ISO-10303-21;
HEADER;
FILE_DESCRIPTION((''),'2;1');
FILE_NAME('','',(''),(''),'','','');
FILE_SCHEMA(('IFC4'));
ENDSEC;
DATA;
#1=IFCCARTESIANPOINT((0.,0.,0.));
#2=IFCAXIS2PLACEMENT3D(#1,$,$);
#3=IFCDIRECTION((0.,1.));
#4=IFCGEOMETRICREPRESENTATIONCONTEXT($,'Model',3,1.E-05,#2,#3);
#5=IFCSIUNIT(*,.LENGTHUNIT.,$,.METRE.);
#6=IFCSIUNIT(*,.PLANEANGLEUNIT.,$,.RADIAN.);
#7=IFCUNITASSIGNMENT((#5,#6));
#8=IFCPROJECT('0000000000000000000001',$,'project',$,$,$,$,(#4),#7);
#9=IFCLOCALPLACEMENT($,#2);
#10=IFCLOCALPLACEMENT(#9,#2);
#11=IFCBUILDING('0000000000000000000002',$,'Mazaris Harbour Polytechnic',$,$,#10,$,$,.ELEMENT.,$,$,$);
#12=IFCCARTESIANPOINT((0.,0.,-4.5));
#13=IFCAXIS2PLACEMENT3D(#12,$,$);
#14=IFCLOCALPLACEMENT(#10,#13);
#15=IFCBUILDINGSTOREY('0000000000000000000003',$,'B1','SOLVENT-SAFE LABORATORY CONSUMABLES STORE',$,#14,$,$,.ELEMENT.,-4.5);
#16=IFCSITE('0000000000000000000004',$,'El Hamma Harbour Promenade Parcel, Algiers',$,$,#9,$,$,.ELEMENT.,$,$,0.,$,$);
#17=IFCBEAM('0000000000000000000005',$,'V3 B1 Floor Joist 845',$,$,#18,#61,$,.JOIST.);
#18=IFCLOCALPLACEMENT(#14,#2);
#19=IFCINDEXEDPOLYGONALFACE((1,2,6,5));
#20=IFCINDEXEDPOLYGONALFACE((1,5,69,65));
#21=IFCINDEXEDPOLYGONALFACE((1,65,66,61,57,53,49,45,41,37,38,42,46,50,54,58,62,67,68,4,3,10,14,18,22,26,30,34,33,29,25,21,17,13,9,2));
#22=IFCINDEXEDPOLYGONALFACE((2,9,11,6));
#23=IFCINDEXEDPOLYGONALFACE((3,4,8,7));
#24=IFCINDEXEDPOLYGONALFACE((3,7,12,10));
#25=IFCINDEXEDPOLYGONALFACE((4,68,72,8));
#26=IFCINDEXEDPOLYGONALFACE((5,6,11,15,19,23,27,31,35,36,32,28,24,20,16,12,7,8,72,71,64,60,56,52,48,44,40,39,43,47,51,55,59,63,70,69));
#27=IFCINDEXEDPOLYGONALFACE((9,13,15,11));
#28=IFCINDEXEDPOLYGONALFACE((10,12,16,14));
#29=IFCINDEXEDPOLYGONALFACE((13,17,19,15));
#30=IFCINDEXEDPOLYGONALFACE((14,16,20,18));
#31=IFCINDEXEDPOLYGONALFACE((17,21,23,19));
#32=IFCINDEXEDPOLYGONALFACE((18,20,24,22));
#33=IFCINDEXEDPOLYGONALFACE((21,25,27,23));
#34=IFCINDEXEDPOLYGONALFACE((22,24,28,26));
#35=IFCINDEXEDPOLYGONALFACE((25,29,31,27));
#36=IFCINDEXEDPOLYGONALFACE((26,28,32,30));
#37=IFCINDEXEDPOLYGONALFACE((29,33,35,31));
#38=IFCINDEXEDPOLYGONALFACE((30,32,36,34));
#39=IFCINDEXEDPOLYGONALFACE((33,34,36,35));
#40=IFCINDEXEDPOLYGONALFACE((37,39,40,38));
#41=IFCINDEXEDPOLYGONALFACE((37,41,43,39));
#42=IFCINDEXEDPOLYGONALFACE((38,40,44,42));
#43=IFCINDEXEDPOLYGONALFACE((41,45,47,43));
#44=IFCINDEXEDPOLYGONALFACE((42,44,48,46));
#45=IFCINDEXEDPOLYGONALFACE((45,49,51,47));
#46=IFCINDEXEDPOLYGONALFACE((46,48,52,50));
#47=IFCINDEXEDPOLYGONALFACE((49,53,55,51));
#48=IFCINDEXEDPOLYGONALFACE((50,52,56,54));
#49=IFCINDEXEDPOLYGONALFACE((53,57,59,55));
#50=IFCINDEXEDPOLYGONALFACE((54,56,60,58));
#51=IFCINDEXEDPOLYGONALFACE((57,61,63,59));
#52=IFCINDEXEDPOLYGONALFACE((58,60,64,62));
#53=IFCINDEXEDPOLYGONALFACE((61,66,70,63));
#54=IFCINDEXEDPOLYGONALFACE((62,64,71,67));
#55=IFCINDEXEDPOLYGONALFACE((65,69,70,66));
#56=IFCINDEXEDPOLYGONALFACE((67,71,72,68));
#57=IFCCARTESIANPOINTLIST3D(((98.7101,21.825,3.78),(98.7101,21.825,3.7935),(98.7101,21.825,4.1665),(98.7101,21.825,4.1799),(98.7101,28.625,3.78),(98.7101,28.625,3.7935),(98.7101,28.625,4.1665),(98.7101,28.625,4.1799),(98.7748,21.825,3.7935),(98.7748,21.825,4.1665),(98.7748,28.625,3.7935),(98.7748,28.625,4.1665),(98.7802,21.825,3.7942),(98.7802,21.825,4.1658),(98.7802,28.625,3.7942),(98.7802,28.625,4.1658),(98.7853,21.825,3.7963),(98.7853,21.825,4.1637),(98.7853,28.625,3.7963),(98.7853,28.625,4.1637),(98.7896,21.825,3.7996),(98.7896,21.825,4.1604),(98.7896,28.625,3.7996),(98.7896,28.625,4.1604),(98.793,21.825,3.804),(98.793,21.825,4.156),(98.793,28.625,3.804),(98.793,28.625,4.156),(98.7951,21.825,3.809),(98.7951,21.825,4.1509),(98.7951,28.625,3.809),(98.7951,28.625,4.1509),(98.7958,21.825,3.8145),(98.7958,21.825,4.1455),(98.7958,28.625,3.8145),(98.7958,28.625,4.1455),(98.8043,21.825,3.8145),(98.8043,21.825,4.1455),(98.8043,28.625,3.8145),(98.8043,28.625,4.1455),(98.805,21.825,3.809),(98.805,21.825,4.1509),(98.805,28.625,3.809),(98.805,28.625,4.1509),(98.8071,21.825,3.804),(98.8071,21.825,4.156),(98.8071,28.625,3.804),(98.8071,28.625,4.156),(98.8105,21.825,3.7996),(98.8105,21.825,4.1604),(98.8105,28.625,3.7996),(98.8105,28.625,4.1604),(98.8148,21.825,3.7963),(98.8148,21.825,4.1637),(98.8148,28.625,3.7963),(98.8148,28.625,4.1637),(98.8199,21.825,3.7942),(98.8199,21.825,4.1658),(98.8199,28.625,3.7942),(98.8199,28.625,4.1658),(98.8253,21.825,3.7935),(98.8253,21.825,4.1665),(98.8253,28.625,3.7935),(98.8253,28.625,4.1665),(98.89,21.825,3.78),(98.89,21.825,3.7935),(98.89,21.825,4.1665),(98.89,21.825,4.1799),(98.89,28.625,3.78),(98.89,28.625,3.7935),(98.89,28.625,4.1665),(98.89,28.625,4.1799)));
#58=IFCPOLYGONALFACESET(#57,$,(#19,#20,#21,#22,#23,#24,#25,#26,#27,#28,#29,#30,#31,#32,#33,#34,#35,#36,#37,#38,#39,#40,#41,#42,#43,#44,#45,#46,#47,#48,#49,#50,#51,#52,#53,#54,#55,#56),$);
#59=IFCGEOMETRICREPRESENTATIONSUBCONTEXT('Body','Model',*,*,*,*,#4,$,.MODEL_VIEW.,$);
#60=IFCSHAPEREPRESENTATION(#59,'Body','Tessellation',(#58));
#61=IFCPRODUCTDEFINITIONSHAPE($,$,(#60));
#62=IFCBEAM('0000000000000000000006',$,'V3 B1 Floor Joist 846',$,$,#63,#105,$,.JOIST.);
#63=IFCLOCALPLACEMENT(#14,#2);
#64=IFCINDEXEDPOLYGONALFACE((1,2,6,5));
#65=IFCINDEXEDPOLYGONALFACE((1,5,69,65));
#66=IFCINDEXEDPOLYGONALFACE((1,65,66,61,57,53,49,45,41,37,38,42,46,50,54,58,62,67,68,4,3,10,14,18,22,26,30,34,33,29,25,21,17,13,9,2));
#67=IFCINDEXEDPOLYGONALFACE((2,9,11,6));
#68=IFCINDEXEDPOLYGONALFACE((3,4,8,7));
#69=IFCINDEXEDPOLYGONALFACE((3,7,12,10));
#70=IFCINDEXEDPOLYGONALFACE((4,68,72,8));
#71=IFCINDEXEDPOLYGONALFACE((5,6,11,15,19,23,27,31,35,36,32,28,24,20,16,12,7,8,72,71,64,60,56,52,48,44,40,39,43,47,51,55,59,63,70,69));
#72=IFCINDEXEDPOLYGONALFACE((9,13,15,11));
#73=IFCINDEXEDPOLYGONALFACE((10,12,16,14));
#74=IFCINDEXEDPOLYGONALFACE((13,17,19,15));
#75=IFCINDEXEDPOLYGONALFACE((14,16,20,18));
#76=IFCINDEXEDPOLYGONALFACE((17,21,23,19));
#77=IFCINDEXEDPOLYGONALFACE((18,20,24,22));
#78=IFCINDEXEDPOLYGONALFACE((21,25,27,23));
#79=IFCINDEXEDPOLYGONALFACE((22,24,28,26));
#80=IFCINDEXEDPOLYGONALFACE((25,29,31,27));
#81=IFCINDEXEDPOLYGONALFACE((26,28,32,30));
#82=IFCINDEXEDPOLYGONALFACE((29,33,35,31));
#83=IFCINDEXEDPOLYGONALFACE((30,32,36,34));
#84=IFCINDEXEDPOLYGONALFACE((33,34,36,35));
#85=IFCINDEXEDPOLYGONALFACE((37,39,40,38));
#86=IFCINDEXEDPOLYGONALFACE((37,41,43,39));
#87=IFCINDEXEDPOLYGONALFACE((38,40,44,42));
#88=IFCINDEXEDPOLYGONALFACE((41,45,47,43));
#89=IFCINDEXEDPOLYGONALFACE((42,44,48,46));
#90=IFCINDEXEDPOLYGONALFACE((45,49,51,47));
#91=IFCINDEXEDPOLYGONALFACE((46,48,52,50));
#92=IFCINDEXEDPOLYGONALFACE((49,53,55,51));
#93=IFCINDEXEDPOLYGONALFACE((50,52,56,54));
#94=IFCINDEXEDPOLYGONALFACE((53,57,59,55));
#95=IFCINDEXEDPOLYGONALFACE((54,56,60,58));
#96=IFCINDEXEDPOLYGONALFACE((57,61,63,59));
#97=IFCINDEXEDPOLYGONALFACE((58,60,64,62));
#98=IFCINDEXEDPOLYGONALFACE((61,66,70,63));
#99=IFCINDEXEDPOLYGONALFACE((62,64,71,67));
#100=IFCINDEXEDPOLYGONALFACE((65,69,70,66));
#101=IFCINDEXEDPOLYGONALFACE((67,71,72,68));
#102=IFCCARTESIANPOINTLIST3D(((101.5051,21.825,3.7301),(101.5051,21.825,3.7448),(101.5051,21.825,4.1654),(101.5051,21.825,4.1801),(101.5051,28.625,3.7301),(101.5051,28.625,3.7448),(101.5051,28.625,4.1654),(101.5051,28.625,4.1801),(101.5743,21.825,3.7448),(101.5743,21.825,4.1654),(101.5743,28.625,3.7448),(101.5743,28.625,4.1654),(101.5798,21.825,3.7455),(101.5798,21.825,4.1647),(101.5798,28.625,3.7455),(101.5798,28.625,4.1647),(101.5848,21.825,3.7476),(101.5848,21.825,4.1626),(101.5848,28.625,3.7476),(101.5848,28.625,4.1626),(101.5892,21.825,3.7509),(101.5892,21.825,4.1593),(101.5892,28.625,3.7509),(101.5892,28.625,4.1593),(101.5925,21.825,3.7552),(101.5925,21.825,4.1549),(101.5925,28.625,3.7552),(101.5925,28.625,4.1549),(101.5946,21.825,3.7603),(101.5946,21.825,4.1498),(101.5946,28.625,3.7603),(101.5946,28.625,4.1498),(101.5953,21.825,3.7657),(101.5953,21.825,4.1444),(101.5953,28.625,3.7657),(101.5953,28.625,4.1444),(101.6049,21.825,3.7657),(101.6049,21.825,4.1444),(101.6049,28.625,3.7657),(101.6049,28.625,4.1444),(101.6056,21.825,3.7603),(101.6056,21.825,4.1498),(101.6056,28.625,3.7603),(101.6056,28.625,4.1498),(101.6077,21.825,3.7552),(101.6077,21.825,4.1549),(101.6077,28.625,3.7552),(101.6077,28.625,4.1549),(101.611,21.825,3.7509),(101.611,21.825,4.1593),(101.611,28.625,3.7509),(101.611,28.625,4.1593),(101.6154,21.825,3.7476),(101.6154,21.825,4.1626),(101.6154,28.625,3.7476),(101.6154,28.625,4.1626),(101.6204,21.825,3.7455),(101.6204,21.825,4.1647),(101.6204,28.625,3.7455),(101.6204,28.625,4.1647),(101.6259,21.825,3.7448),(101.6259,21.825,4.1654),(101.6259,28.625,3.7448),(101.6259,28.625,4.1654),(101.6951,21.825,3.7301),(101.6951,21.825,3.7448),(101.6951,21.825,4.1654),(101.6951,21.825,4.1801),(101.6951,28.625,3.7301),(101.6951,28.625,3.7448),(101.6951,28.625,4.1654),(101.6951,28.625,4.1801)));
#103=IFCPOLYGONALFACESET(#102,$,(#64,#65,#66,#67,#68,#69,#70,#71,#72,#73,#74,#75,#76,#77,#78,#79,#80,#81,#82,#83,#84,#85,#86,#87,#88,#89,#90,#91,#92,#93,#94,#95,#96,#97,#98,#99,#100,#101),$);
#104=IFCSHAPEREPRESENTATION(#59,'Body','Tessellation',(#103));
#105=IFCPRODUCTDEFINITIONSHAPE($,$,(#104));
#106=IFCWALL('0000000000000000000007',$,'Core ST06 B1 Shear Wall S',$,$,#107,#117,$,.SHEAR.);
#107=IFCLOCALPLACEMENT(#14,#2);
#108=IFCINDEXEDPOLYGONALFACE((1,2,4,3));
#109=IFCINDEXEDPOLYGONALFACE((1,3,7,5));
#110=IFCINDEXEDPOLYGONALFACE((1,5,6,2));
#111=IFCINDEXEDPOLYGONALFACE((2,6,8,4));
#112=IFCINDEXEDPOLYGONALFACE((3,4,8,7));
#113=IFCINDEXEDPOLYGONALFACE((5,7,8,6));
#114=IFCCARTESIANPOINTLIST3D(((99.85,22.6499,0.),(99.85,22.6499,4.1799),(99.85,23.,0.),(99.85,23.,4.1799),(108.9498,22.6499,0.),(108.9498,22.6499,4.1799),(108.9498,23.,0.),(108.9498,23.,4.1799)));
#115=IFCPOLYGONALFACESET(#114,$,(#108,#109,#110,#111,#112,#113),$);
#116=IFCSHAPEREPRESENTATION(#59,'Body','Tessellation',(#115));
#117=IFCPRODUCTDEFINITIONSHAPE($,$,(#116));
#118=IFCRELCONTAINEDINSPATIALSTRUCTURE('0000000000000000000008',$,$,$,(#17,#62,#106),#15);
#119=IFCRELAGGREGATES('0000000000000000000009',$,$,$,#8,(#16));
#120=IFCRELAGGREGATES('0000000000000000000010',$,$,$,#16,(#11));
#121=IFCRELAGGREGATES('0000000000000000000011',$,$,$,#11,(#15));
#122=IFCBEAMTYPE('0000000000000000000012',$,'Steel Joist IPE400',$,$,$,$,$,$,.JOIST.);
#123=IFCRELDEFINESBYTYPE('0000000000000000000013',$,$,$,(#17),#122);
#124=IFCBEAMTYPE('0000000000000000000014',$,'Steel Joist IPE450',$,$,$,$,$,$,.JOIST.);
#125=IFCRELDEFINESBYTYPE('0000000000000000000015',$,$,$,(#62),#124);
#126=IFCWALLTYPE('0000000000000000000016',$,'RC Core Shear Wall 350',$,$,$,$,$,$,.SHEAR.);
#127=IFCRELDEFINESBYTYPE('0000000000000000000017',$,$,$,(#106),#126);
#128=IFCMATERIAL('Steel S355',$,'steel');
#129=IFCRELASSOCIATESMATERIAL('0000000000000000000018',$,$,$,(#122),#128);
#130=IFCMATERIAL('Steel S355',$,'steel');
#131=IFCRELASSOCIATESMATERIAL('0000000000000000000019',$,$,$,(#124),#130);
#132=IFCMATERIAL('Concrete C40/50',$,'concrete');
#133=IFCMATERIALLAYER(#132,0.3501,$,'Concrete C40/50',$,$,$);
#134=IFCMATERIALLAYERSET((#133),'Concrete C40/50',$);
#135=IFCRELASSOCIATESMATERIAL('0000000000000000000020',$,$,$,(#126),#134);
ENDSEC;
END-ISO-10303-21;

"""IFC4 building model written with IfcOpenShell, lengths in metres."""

from ifc_helpers import new_model, si_unit, direction, frame, frame_2d, origin, origin_2d, place, context, subcontext, project, spatial, rectangle, i_section, extrude, material, layer, layer_set, material_profile, profile_set, type_object, element, save


model = new_model("IFC4")

# Units and contexts
model_context = context("Model", 3, precision=1e-05, world=origin(), true_north=direction((0.0, 1.0)))
body_context = subcontext(model_context, "Body", "Model", "MODEL_VIEW")
ifc_project = project(units=[si_unit("LENGTHUNIT", "METRE"), si_unit("PLANEANGLEUNIT", "RADIAN")], contexts=[model_context])

# Site, building, storey
site_placement = place(None, origin())
site = spatial("IfcSite", under=ifc_project, at=site_placement, Name="El Hamma Harbour Promenade Parcel, Algiers", CompositionType="ELEMENT", RefElevation=0.0)
building_placement = place(site_placement, origin())
building = spatial("IfcBuilding", under=site, at=building_placement, Name="Mazaris Harbour Polytechnic", CompositionType="ELEMENT")
storey_placement = place(building_placement, frame((0.0, 0.0, -4.5)))
storey = spatial("IfcBuildingStorey", under=building, at=storey_placement, Name="B1", Description="SOLVENT-SAFE LABORATORY CONSUMABLES STORE", CompositionType="ELEMENT", Elevation=-4.5)

# Beams
ifc_material_1 = material(Name="Steel S355", Category="steel")
ifc_material_profile_1 = material_profile(ifc_material_1, i_section(OverallWidth=0.1799, OverallDepth=0.3999, WebThickness=0.0085, FlangeThickness=0.0134, FilletRadius=0.021, at=origin_2d()), Name="IPE 400")
ifc_profile_set_1 = profile_set([ifc_material_profile_1], Name="Steel S355")
beam_type_1 = type_object("IfcBeamType", Name="Steel Joist IPE400", PredefinedType="JOIST", material=ifc_profile_set_1)
beam_1_placement = place(storey_placement, frame((98.8, 21.825, 3.98), z_axis=(0.0, 1.0, 0.0), x_axis=(-1.0, 0.0, 0.0)))
element("IfcBeam", 1, at=beam_1_placement, inside=storey, type_object=beam_type_1, Name="V3 B1 Floor Joist 845", PredefinedType="JOIST", context=body_context, shape_type="SweptSolid", body=[
    extrude(i_section(OverallWidth=0.1799, OverallDepth=0.3999, WebThickness=0.0085, FlangeThickness=0.0134, FilletRadius=0.021, at=origin_2d()), origin(), (0.0, 0.0, 1.0), 6.8),
])
ifc_material_2 = material(Name="Steel S355", Category="steel")
ifc_material_profile_2 = material_profile(ifc_material_2, i_section(OverallWidth=0.1899, OverallDepth=0.45, WebThickness=0.0095, FlangeThickness=0.0146, FilletRadius=0.021, at=origin_2d()), Name="IPE 450")
ifc_profile_set_2 = profile_set([ifc_material_profile_2], Name="Steel S355")
beam_type_2 = type_object("IfcBeamType", Name="Steel Joist IPE450", PredefinedType="JOIST", material=ifc_profile_set_2)
beam_2_placement = place(storey_placement, frame((101.6001, 21.825, 3.9551), z_axis=(0.0, 1.0, 0.0), x_axis=(-1.0, 0.0, 0.0)))
element("IfcBeam", 2, at=beam_2_placement, inside=storey, type_object=beam_type_2, Name="V3 B1 Floor Joist 846", PredefinedType="JOIST", context=body_context, shape_type="SweptSolid", body=[
    extrude(i_section(OverallWidth=0.1899, OverallDepth=0.45, WebThickness=0.0095, FlangeThickness=0.0146, FilletRadius=0.021, at=origin_2d()), origin(), (0.0, 0.0, 1.0), 6.8),
])

# Wall
ifc_material_3 = material(Name="Concrete C40/50", Category="concrete")
ifc_layer = layer(ifc_material_3, 0.3501, Name="Concrete C40/50")
ifc_layer_set = layer_set([ifc_layer], Name="Concrete C40/50")
wall_type = type_object("IfcWallType", Name="RC Core Shear Wall 350", PredefinedType="SHEAR", material=ifc_layer_set)
wall_placement = place(storey_placement, frame((99.8501, 22.825, 0.0), z_axis=(0.0, 0.0, 1.0), x_axis=(1.0, 0.0, 0.0)))
element("IfcWall", 3, at=wall_placement, inside=storey, type_object=wall_type, Name="Core ST06 B1 Shear Wall S", PredefinedType="SHEAR", context=body_context, shape_type="SweptSolid", body=[
    extrude(rectangle(XDim=9.0999, YDim=0.3501, at=frame_2d((4.5498, 0.0))), origin(), (0.0, 0.0, 1.0), 4.1799),
])

save(model, "model.ifc")
